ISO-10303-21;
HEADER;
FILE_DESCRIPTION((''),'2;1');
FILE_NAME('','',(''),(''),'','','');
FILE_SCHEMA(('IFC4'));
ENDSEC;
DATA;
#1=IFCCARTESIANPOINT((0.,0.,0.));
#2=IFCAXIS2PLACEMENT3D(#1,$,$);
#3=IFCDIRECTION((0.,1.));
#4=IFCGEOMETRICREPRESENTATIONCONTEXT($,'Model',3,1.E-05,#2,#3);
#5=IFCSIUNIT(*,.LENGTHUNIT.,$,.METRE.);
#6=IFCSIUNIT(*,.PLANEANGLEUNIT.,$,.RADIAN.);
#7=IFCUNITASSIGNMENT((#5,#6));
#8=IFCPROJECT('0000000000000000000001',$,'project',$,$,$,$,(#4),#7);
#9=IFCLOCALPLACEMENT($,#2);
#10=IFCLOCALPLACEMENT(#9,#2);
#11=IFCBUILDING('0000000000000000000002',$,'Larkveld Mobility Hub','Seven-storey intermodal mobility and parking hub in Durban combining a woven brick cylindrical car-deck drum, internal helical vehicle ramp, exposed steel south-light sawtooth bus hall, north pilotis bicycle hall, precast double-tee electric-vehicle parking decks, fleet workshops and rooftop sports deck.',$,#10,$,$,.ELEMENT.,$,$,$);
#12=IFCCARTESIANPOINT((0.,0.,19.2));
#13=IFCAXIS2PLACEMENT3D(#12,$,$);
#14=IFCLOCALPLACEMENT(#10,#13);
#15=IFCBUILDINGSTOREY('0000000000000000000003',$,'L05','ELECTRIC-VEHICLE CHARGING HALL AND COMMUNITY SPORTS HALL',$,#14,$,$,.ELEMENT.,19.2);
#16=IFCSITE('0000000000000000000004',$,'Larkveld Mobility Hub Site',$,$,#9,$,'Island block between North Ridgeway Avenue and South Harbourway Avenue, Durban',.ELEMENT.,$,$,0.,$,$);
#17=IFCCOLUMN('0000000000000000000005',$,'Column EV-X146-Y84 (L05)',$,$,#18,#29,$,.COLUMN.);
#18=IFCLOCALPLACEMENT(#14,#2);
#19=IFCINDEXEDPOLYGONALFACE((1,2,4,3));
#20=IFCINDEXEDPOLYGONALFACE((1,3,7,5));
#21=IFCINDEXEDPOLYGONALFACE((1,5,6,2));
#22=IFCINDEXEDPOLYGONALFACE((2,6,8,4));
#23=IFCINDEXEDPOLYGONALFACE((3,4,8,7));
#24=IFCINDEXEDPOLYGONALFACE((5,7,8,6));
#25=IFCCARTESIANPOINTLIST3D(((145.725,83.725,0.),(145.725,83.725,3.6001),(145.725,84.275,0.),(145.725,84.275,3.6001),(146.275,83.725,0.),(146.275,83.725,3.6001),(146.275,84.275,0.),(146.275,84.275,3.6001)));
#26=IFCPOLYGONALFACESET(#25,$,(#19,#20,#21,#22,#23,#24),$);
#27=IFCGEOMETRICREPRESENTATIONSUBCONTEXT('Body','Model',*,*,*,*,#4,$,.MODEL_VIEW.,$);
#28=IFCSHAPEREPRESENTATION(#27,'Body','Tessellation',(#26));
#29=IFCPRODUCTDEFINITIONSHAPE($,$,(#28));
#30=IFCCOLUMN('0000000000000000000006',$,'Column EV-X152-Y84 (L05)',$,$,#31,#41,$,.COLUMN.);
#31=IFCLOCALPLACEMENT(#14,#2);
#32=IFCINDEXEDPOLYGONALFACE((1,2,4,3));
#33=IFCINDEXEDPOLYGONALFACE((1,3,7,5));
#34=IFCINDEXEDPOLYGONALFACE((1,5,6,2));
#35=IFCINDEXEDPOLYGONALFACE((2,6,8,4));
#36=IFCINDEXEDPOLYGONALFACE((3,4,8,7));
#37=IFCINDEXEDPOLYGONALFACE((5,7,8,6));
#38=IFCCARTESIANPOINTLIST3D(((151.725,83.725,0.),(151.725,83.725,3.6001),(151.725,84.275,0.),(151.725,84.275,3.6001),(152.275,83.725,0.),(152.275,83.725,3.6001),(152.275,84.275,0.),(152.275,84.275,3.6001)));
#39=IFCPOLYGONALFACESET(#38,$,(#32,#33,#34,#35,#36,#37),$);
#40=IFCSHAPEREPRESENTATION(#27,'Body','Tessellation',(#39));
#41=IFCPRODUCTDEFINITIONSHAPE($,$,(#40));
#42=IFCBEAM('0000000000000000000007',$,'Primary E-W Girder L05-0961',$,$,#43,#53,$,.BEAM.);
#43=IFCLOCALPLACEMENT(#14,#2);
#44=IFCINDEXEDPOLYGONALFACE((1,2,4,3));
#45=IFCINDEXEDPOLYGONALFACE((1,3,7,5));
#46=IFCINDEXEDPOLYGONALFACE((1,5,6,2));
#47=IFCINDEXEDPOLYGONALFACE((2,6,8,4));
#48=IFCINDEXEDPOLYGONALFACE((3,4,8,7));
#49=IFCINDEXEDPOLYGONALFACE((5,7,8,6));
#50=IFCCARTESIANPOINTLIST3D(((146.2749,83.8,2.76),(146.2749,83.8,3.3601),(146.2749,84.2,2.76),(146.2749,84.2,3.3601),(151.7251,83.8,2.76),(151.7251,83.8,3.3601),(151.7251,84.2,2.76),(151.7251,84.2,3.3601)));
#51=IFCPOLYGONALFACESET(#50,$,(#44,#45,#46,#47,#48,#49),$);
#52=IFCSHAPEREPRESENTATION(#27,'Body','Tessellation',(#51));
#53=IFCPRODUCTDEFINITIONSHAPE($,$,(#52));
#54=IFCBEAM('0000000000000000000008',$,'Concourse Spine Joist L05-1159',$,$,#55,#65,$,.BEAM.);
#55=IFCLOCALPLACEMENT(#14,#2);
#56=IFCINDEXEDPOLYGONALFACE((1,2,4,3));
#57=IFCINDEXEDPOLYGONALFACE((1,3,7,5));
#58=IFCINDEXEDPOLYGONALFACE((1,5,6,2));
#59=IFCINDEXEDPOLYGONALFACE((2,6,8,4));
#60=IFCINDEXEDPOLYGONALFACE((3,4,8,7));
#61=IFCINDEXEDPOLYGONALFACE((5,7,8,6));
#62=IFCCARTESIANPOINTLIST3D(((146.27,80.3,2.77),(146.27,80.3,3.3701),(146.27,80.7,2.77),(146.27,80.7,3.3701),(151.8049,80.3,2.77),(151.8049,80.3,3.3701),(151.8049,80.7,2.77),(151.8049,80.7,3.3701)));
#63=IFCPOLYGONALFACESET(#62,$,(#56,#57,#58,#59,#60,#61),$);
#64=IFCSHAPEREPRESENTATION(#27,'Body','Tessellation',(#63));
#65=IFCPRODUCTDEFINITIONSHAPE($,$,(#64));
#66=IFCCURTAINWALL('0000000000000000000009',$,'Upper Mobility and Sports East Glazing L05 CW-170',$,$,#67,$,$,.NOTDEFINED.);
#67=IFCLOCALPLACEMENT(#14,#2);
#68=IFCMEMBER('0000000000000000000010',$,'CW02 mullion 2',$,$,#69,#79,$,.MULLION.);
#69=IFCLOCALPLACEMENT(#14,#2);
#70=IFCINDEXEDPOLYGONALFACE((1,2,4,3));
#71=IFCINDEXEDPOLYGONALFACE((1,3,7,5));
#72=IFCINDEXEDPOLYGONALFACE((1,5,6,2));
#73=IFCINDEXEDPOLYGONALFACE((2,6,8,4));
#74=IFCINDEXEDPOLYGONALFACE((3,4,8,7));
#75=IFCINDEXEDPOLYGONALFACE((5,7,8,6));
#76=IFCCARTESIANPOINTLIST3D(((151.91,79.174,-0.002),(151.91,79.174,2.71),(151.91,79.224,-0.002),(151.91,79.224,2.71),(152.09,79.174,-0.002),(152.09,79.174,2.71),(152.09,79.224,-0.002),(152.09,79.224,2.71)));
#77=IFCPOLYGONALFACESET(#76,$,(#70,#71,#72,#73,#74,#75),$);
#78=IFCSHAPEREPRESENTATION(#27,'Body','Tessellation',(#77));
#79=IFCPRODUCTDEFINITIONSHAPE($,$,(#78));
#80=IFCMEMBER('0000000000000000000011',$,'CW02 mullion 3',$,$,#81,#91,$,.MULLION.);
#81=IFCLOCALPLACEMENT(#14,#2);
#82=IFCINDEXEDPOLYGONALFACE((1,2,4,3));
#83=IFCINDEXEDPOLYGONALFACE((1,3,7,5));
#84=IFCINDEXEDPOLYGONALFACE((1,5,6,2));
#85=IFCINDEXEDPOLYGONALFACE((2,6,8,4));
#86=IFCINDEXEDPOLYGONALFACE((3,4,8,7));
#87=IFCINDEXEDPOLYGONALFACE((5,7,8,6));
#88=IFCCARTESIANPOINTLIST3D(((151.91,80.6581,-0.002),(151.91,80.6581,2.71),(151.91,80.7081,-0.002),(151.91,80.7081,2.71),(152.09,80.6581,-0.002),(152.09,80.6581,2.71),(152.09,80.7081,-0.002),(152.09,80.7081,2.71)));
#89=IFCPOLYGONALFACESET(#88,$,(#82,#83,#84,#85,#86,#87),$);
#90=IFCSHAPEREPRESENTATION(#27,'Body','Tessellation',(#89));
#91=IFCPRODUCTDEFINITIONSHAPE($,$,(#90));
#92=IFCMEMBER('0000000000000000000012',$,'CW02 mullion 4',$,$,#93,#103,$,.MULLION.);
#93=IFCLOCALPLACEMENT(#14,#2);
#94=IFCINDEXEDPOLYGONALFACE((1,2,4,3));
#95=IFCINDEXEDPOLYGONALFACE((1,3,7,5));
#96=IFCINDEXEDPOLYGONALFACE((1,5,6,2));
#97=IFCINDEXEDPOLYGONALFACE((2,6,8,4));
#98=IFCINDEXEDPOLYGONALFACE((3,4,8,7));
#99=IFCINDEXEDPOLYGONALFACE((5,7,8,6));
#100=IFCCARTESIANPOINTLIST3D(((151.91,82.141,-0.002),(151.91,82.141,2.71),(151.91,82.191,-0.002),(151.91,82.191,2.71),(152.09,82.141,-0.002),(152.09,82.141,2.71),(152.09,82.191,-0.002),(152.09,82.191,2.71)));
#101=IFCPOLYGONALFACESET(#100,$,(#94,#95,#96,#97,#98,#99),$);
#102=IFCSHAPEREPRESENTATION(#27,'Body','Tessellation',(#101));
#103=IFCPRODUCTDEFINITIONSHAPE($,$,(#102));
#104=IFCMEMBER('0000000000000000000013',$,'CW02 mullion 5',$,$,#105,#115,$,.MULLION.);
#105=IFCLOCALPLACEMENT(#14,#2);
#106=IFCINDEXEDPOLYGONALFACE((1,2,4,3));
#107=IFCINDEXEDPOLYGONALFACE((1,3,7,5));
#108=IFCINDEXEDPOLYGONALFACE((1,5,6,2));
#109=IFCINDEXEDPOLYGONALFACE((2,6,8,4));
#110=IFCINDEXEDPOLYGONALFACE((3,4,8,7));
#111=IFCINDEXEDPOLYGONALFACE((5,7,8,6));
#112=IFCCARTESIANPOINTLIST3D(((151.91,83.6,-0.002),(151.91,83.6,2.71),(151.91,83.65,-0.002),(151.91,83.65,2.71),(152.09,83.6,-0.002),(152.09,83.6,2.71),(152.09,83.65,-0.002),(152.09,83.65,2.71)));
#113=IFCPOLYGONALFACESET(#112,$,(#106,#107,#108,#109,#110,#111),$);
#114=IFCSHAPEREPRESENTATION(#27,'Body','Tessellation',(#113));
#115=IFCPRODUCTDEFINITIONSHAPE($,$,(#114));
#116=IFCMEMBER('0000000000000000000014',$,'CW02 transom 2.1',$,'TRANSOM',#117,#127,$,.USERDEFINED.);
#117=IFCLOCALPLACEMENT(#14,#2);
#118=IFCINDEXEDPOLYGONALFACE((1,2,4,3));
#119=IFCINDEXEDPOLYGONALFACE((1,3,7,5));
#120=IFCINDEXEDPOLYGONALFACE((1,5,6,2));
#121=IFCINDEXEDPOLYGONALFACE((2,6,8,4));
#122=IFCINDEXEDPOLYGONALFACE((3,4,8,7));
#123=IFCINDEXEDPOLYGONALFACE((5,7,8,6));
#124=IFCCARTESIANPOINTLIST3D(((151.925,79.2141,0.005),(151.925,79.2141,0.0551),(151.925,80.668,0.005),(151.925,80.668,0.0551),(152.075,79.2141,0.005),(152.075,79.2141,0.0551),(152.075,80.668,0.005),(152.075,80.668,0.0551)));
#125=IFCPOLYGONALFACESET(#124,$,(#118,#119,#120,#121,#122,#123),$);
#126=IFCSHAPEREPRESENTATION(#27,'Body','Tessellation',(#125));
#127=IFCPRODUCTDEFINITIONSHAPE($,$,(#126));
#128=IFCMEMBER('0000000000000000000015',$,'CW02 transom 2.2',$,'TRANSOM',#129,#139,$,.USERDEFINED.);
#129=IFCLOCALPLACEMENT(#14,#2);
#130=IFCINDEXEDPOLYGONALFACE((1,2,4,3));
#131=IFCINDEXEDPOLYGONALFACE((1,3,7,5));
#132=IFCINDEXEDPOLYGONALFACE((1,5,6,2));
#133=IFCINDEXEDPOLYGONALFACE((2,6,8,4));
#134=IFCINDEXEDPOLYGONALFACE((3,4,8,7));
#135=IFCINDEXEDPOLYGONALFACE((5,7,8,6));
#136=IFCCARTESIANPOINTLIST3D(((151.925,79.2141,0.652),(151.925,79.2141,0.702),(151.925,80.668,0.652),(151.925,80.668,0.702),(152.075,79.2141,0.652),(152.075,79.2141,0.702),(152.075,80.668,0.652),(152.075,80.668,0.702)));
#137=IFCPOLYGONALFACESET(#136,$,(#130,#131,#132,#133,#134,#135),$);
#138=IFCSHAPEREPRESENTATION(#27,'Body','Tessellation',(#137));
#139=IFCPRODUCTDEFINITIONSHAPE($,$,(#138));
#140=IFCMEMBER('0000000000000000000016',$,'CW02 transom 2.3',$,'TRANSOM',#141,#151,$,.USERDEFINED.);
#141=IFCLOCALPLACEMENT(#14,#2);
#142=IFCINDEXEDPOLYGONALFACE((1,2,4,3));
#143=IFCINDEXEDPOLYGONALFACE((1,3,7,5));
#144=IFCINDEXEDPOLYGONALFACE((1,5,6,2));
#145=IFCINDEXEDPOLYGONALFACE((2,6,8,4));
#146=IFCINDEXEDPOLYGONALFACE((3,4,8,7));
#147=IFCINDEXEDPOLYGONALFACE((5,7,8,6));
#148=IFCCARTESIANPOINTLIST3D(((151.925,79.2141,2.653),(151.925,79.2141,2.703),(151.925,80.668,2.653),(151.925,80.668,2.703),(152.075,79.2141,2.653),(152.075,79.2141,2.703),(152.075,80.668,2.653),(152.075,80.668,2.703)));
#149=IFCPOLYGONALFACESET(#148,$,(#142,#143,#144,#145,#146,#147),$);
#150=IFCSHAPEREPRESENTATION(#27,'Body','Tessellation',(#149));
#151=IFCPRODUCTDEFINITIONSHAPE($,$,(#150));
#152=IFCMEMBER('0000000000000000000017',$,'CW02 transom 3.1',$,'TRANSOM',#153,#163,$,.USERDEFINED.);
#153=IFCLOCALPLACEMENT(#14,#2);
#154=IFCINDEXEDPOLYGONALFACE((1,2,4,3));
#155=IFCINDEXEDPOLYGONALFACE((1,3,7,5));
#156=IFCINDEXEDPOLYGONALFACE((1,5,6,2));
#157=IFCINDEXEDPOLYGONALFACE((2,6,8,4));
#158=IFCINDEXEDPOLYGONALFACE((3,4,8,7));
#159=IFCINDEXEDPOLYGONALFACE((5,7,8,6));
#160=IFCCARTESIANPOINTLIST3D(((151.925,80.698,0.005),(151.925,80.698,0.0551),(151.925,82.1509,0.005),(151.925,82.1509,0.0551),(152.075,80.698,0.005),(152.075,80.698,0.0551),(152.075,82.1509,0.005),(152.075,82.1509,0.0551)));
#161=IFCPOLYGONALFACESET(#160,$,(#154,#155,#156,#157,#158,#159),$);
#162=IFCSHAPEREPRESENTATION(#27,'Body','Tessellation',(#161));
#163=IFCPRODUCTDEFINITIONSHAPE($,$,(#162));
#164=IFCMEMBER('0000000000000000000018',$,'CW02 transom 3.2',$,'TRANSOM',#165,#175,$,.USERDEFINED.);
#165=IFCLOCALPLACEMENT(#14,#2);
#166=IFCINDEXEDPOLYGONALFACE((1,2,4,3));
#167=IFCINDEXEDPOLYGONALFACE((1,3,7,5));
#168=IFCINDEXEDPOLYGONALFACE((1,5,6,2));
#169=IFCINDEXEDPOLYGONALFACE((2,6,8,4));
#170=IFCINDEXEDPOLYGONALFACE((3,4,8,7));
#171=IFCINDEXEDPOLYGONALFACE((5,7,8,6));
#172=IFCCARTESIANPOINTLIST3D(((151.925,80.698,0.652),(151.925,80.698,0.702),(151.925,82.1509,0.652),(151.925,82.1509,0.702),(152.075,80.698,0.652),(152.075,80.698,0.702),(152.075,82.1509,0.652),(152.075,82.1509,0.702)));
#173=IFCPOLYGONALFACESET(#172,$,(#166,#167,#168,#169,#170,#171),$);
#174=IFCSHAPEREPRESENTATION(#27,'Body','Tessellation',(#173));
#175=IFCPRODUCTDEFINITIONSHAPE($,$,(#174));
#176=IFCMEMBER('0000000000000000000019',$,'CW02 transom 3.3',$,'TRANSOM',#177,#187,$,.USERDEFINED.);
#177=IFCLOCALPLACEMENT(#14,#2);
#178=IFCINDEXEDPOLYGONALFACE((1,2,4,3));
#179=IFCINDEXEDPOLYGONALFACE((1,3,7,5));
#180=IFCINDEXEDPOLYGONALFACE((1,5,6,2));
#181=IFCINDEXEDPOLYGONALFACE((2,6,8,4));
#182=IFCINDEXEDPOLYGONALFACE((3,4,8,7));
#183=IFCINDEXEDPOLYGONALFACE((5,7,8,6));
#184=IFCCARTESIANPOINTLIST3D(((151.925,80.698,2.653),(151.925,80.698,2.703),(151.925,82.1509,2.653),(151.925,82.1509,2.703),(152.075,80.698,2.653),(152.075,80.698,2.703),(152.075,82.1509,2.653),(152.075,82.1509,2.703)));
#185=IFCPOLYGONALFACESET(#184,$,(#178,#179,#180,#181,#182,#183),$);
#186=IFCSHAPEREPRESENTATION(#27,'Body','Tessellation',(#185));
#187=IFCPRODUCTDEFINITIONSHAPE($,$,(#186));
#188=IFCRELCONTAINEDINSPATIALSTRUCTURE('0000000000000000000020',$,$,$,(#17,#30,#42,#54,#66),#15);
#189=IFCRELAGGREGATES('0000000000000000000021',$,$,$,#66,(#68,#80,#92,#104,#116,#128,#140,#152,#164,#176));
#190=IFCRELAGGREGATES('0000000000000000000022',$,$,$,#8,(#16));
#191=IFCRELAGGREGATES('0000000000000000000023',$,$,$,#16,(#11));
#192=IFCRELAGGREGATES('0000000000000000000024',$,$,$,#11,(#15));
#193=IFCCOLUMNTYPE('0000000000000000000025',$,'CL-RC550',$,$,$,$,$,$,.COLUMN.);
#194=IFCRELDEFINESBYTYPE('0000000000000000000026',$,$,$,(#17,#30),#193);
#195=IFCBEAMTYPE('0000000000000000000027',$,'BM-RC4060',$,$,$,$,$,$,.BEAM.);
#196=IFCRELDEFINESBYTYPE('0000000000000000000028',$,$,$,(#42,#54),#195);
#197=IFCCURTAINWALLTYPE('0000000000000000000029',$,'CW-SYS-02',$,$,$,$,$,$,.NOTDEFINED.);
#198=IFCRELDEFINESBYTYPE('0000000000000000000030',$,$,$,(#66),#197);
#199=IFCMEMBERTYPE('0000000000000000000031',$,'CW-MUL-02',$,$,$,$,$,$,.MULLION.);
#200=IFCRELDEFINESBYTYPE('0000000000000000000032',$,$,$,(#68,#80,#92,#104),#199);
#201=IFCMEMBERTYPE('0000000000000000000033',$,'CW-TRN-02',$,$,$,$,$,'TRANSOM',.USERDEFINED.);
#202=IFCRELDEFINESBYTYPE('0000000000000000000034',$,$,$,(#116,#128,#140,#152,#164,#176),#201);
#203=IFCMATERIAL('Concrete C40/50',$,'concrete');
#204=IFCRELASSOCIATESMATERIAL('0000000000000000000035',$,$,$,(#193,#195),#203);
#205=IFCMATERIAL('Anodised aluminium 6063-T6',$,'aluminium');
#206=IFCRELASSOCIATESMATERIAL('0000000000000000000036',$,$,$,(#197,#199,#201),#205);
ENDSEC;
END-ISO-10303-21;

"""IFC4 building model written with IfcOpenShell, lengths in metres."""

from ifc_helpers import new_model, si_unit, direction, frame, origin, origin_2d, place, context, subcontext, project, spatial, rectangle, extrude, material, material_profile, profile_set, type_object, element, aggregate, save


model = new_model("IFC4")

# Units and contexts
model_context = context("Model", 3, precision=1e-05, world=origin(), true_north=direction((0.0, 1.0)))
body_context = subcontext(model_context, "Body", "Model", "MODEL_VIEW")
ifc_project = project(units=[si_unit("LENGTHUNIT", "METRE"), si_unit("PLANEANGLEUNIT", "RADIAN")], contexts=[model_context])

# Site, building, storey
site_placement = place(None, origin())
site = spatial("IfcSite", under=ifc_project, at=site_placement, Name="Larkveld Mobility Hub Site", LongName="Island block between North Ridgeway Avenue and South Harbourway Avenue, Durban", CompositionType="ELEMENT", RefElevation=0.0)
building_placement = place(site_placement, origin())
building = spatial("IfcBuilding", under=site, at=building_placement, Name="Larkveld Mobility Hub", Description="Seven-storey intermodal mobility and parking hub in Durban combining a woven brick cylindrical car-deck drum, internal helical vehicle ramp, exposed steel south-light sawtooth bus hall, north pilotis bicycle hall, precast double-tee electric-vehicle parking decks, fleet workshops and rooftop sports deck.", CompositionType="ELEMENT")
storey_placement = place(building_placement, frame((0.0, 0.0, 19.2)))
storey = spatial("IfcBuildingStorey", under=building, at=storey_placement, Name="L05", Description="ELECTRIC-VEHICLE CHARGING HALL AND COMMUNITY SPORTS HALL", CompositionType="ELEMENT", Elevation=19.2)

# Columns
ifc_material_1 = material(Name="Concrete C40/50", Category="concrete")
ifc_material_profile_1 = material_profile(ifc_material_1, rectangle(XDim=0.55, YDim=0.55, at=origin_2d()), Name="RC COL 550x550")
ifc_profile_set_1 = profile_set([ifc_material_profile_1], Name="Concrete C40/50")
column_type = type_object("IfcColumnType", Name="CL-RC550", PredefinedType="COLUMN", material=ifc_profile_set_1)
for number, where, z_axis, x_axis, name in (
    (1, (146.0, 84.0, 0.0), (0.0, 0.0, 1.0), (1.0, 0.0, 0.0), "Column EV-X146-Y84 (L05)"),
    (2, (152.0, 84.0, 0.0), (0.0, 0.0, 1.0), (1.0, 0.0, 0.0), "Column EV-X152-Y84 (L05)"),
):
    element("IfcColumn", number, at=place(storey_placement, frame(where, z_axis=z_axis, x_axis=x_axis)), inside=storey, type_object=column_type, Name=name, PredefinedType="COLUMN", context=body_context, shape_type="SweptSolid", body=[
        extrude(rectangle(XDim=0.55, YDim=0.55, at=origin_2d()), origin(), (0.0, 0.0, 1.0), 3.6001),
    ])

# Beams
ifc_material_profile_2 = material_profile(ifc_material_1, rectangle(XDim=0.3999, YDim=0.6001, at=origin_2d()), Name="RC BM 400x600")
ifc_profile_set_2 = profile_set([ifc_material_profile_2], Name="Concrete C40/50")
beam_type = type_object("IfcBeamType", Name="BM-RC4060", PredefinedType="BEAM", material=ifc_profile_set_2)
beam_1_placement = place(storey_placement, frame((146.2749, 84.0, 3.0601), z_axis=(1.0, 0.0, 0.0), x_axis=(0.0, 1.0, 0.0)))
element("IfcBeam", 3, at=beam_1_placement, inside=storey, type_object=beam_type, Name="Primary E-W Girder L05-0961", PredefinedType="BEAM", context=body_context, shape_type="SweptSolid", body=[
    extrude(rectangle(XDim=0.3999, YDim=0.6001, at=origin_2d()), origin(), (0.0, 0.0, 1.0), 5.4502),
])
beam_2_placement = place(storey_placement, frame((146.27, 80.5, 3.0701), z_axis=(1.0, 0.0, 0.0), x_axis=(0.0, 1.0, 0.0)))
element("IfcBeam", 4, at=beam_2_placement, inside=storey, type_object=beam_type, Name="Concourse Spine Joist L05-1159", PredefinedType="BEAM", context=body_context, shape_type="SweptSolid", body=[
    extrude(rectangle(XDim=0.3999, YDim=0.6001, at=origin_2d()), origin(), (0.0, 0.0, 1.0), 5.5349),
])

# Curtain wall, members
ifc_material_2 = material(Name="Anodised aluminium 6063-T6", Category="aluminium")
curtain_wall_type = type_object("IfcCurtainWallType", Name="CW-SYS-02", PredefinedType="NOTDEFINED", material=ifc_material_2)
curtain_wall_placement = place(storey_placement, origin())
curtain_wall = element("IfcCurtainWall", 5, at=curtain_wall_placement, inside=storey, type_object=curtain_wall_type, Name="Upper Mobility and Sports East Glazing L05 CW-170", PredefinedType="NOTDEFINED")
ifc_material_profile_3 = material_profile(ifc_material_2, rectangle(XDim=0.05, YDim=0.1799, at=origin_2d()), Name="ALU MULL 50x180")
ifc_profile_set_3 = profile_set([ifc_material_profile_3], Name="Anodised aluminium 6063-T6")
member_type_1 = type_object("IfcMemberType", Name="CW-MUL-02", PredefinedType="MULLION", material=ifc_profile_set_3)
member_1_placement = place(storey_placement, frame((152.0, 79.199, -0.002), z_axis=(0.0, 0.0, 1.0), x_axis=(0.0, 1.0, 0.0)))
member_1 = element("IfcMember", 6, at=member_1_placement, type_object=member_type_1, Name="CW02 mullion 2", PredefinedType="MULLION", context=body_context, shape_type="SweptSolid", body=[
    extrude(rectangle(XDim=0.05, YDim=0.1799, at=origin_2d()), origin(), (0.0, 0.0, 1.0), 2.7119),
])
member_2_placement = place(storey_placement, frame((152.0, 80.6831, -0.002), z_axis=(0.0, 0.0, 1.0), x_axis=(0.0, 1.0, 0.0)))
member_2 = element("IfcMember", 7, at=member_2_placement, type_object=member_type_1, Name="CW02 mullion 3", PredefinedType="MULLION", context=body_context, shape_type="SweptSolid", body=[
    extrude(rectangle(XDim=0.05, YDim=0.1799, at=origin_2d()), origin(), (0.0, 0.0, 1.0), 2.7119),
])
member_3_placement = place(storey_placement, frame((152.0, 82.166, -0.002), z_axis=(0.0, 0.0, 1.0), x_axis=(0.0, 1.0, 0.0)))
member_3 = element("IfcMember", 8, at=member_3_placement, type_object=member_type_1, Name="CW02 mullion 4", PredefinedType="MULLION", context=body_context, shape_type="SweptSolid", body=[
    extrude(rectangle(XDim=0.05, YDim=0.1799, at=origin_2d()), origin(), (0.0, 0.0, 1.0), 2.7119),
])
member_4_placement = place(storey_placement, frame((152.0, 83.625, -0.002), z_axis=(0.0, 0.0, 1.0), x_axis=(0.0, 1.0, 0.0)))
member_4 = element("IfcMember", 9, at=member_4_placement, type_object=member_type_1, Name="CW02 mullion 5", PredefinedType="MULLION", context=body_context, shape_type="SweptSolid", body=[
    extrude(rectangle(XDim=0.05, YDim=0.1799, at=origin_2d()), origin(), (0.0, 0.0, 1.0), 2.7119),
])
ifc_material_profile_4 = material_profile(ifc_material_2, rectangle(XDim=0.1499, YDim=0.05, at=origin_2d()), Name="ALU TRAN 50x150")
ifc_profile_set_4 = profile_set([ifc_material_profile_4], Name="Anodised aluminium 6063-T6")
member_type_2 = type_object("IfcMemberType", Name="CW-TRN-02", ElementType="TRANSOM", PredefinedType="USERDEFINED", material=ifc_profile_set_4)
member_5_placement = place(storey_placement, frame((152.0, 79.2141, 0.03), z_axis=(0.0, 1.0, 0.0), x_axis=(-1.0, 0.0, 0.0)))
member_5 = element("IfcMember", 10, at=member_5_placement, type_object=member_type_2, Name="CW02 transom 2.1", ObjectType="TRANSOM", PredefinedType="USERDEFINED", context=body_context, shape_type="SweptSolid", body=[
    extrude(rectangle(XDim=0.1499, YDim=0.05, at=origin_2d()), origin(), (0.0, 0.0, 1.0), 1.4539),
])
member_6_placement = place(storey_placement, frame((152.0, 79.2141, 0.677), z_axis=(0.0, 1.0, 0.0), x_axis=(-1.0, 0.0, 0.0)))
member_6 = element("IfcMember", 11, at=member_6_placement, type_object=member_type_2, Name="CW02 transom 2.2", ObjectType="TRANSOM", PredefinedType="USERDEFINED", context=body_context, shape_type="SweptSolid", body=[
    extrude(rectangle(XDim=0.1499, YDim=0.05, at=origin_2d()), origin(), (0.0, 0.0, 1.0), 1.4539),
])
member_7_placement = place(storey_placement, frame((152.0, 79.2141, 2.678), z_axis=(0.0, 1.0, 0.0), x_axis=(-1.0, 0.0, 0.0)))
member_7 = element("IfcMember", 12, at=member_7_placement, type_object=member_type_2, Name="CW02 transom 2.3", ObjectType="TRANSOM", PredefinedType="USERDEFINED", context=body_context, shape_type="SweptSolid", body=[
    extrude(rectangle(XDim=0.1499, YDim=0.05, at=origin_2d()), origin(), (0.0, 0.0, 1.0), 1.4539),
])
member_8_placement = place(storey_placement, frame((152.0, 80.698, 0.03), z_axis=(0.0, 1.0, 0.0), x_axis=(-1.0, 0.0, 0.0)))
member_8 = element("IfcMember", 13, at=member_8_placement, type_object=member_type_2, Name="CW02 transom 3.1", ObjectType="TRANSOM", PredefinedType="USERDEFINED", context=body_context, shape_type="SweptSolid", body=[
    extrude(rectangle(XDim=0.1499, YDim=0.05, at=origin_2d()), origin(), (0.0, 0.0, 1.0), 1.4529),
])
member_9_placement = place(storey_placement, frame((152.0, 80.698, 0.677), z_axis=(0.0, 1.0, 0.0), x_axis=(-1.0, 0.0, 0.0)))
member_9 = element("IfcMember", 14, at=member_9_placement, type_object=member_type_2, Name="CW02 transom 3.2", ObjectType="TRANSOM", PredefinedType="USERDEFINED", context=body_context, shape_type="SweptSolid", body=[
    extrude(rectangle(XDim=0.1499, YDim=0.05, at=origin_2d()), origin(), (0.0, 0.0, 1.0), 1.4529),
])
member_10_placement = place(storey_placement, frame((152.0, 80.698, 2.678), z_axis=(0.0, 1.0, 0.0), x_axis=(-1.0, 0.0, 0.0)))
member_10 = element("IfcMember", 15, at=member_10_placement, type_object=member_type_2, Name="CW02 transom 3.3", ObjectType="TRANSOM", PredefinedType="USERDEFINED", context=body_context, shape_type="SweptSolid", body=[
    extrude(rectangle(XDim=0.1499, YDim=0.05, at=origin_2d()), origin(), (0.0, 0.0, 1.0), 1.4529),
])
aggregate(curtain_wall, [member_1, member_2, member_3, member_4, member_5, member_6, member_7, member_8, member_9, member_10])

save(model, "model.ifc")
